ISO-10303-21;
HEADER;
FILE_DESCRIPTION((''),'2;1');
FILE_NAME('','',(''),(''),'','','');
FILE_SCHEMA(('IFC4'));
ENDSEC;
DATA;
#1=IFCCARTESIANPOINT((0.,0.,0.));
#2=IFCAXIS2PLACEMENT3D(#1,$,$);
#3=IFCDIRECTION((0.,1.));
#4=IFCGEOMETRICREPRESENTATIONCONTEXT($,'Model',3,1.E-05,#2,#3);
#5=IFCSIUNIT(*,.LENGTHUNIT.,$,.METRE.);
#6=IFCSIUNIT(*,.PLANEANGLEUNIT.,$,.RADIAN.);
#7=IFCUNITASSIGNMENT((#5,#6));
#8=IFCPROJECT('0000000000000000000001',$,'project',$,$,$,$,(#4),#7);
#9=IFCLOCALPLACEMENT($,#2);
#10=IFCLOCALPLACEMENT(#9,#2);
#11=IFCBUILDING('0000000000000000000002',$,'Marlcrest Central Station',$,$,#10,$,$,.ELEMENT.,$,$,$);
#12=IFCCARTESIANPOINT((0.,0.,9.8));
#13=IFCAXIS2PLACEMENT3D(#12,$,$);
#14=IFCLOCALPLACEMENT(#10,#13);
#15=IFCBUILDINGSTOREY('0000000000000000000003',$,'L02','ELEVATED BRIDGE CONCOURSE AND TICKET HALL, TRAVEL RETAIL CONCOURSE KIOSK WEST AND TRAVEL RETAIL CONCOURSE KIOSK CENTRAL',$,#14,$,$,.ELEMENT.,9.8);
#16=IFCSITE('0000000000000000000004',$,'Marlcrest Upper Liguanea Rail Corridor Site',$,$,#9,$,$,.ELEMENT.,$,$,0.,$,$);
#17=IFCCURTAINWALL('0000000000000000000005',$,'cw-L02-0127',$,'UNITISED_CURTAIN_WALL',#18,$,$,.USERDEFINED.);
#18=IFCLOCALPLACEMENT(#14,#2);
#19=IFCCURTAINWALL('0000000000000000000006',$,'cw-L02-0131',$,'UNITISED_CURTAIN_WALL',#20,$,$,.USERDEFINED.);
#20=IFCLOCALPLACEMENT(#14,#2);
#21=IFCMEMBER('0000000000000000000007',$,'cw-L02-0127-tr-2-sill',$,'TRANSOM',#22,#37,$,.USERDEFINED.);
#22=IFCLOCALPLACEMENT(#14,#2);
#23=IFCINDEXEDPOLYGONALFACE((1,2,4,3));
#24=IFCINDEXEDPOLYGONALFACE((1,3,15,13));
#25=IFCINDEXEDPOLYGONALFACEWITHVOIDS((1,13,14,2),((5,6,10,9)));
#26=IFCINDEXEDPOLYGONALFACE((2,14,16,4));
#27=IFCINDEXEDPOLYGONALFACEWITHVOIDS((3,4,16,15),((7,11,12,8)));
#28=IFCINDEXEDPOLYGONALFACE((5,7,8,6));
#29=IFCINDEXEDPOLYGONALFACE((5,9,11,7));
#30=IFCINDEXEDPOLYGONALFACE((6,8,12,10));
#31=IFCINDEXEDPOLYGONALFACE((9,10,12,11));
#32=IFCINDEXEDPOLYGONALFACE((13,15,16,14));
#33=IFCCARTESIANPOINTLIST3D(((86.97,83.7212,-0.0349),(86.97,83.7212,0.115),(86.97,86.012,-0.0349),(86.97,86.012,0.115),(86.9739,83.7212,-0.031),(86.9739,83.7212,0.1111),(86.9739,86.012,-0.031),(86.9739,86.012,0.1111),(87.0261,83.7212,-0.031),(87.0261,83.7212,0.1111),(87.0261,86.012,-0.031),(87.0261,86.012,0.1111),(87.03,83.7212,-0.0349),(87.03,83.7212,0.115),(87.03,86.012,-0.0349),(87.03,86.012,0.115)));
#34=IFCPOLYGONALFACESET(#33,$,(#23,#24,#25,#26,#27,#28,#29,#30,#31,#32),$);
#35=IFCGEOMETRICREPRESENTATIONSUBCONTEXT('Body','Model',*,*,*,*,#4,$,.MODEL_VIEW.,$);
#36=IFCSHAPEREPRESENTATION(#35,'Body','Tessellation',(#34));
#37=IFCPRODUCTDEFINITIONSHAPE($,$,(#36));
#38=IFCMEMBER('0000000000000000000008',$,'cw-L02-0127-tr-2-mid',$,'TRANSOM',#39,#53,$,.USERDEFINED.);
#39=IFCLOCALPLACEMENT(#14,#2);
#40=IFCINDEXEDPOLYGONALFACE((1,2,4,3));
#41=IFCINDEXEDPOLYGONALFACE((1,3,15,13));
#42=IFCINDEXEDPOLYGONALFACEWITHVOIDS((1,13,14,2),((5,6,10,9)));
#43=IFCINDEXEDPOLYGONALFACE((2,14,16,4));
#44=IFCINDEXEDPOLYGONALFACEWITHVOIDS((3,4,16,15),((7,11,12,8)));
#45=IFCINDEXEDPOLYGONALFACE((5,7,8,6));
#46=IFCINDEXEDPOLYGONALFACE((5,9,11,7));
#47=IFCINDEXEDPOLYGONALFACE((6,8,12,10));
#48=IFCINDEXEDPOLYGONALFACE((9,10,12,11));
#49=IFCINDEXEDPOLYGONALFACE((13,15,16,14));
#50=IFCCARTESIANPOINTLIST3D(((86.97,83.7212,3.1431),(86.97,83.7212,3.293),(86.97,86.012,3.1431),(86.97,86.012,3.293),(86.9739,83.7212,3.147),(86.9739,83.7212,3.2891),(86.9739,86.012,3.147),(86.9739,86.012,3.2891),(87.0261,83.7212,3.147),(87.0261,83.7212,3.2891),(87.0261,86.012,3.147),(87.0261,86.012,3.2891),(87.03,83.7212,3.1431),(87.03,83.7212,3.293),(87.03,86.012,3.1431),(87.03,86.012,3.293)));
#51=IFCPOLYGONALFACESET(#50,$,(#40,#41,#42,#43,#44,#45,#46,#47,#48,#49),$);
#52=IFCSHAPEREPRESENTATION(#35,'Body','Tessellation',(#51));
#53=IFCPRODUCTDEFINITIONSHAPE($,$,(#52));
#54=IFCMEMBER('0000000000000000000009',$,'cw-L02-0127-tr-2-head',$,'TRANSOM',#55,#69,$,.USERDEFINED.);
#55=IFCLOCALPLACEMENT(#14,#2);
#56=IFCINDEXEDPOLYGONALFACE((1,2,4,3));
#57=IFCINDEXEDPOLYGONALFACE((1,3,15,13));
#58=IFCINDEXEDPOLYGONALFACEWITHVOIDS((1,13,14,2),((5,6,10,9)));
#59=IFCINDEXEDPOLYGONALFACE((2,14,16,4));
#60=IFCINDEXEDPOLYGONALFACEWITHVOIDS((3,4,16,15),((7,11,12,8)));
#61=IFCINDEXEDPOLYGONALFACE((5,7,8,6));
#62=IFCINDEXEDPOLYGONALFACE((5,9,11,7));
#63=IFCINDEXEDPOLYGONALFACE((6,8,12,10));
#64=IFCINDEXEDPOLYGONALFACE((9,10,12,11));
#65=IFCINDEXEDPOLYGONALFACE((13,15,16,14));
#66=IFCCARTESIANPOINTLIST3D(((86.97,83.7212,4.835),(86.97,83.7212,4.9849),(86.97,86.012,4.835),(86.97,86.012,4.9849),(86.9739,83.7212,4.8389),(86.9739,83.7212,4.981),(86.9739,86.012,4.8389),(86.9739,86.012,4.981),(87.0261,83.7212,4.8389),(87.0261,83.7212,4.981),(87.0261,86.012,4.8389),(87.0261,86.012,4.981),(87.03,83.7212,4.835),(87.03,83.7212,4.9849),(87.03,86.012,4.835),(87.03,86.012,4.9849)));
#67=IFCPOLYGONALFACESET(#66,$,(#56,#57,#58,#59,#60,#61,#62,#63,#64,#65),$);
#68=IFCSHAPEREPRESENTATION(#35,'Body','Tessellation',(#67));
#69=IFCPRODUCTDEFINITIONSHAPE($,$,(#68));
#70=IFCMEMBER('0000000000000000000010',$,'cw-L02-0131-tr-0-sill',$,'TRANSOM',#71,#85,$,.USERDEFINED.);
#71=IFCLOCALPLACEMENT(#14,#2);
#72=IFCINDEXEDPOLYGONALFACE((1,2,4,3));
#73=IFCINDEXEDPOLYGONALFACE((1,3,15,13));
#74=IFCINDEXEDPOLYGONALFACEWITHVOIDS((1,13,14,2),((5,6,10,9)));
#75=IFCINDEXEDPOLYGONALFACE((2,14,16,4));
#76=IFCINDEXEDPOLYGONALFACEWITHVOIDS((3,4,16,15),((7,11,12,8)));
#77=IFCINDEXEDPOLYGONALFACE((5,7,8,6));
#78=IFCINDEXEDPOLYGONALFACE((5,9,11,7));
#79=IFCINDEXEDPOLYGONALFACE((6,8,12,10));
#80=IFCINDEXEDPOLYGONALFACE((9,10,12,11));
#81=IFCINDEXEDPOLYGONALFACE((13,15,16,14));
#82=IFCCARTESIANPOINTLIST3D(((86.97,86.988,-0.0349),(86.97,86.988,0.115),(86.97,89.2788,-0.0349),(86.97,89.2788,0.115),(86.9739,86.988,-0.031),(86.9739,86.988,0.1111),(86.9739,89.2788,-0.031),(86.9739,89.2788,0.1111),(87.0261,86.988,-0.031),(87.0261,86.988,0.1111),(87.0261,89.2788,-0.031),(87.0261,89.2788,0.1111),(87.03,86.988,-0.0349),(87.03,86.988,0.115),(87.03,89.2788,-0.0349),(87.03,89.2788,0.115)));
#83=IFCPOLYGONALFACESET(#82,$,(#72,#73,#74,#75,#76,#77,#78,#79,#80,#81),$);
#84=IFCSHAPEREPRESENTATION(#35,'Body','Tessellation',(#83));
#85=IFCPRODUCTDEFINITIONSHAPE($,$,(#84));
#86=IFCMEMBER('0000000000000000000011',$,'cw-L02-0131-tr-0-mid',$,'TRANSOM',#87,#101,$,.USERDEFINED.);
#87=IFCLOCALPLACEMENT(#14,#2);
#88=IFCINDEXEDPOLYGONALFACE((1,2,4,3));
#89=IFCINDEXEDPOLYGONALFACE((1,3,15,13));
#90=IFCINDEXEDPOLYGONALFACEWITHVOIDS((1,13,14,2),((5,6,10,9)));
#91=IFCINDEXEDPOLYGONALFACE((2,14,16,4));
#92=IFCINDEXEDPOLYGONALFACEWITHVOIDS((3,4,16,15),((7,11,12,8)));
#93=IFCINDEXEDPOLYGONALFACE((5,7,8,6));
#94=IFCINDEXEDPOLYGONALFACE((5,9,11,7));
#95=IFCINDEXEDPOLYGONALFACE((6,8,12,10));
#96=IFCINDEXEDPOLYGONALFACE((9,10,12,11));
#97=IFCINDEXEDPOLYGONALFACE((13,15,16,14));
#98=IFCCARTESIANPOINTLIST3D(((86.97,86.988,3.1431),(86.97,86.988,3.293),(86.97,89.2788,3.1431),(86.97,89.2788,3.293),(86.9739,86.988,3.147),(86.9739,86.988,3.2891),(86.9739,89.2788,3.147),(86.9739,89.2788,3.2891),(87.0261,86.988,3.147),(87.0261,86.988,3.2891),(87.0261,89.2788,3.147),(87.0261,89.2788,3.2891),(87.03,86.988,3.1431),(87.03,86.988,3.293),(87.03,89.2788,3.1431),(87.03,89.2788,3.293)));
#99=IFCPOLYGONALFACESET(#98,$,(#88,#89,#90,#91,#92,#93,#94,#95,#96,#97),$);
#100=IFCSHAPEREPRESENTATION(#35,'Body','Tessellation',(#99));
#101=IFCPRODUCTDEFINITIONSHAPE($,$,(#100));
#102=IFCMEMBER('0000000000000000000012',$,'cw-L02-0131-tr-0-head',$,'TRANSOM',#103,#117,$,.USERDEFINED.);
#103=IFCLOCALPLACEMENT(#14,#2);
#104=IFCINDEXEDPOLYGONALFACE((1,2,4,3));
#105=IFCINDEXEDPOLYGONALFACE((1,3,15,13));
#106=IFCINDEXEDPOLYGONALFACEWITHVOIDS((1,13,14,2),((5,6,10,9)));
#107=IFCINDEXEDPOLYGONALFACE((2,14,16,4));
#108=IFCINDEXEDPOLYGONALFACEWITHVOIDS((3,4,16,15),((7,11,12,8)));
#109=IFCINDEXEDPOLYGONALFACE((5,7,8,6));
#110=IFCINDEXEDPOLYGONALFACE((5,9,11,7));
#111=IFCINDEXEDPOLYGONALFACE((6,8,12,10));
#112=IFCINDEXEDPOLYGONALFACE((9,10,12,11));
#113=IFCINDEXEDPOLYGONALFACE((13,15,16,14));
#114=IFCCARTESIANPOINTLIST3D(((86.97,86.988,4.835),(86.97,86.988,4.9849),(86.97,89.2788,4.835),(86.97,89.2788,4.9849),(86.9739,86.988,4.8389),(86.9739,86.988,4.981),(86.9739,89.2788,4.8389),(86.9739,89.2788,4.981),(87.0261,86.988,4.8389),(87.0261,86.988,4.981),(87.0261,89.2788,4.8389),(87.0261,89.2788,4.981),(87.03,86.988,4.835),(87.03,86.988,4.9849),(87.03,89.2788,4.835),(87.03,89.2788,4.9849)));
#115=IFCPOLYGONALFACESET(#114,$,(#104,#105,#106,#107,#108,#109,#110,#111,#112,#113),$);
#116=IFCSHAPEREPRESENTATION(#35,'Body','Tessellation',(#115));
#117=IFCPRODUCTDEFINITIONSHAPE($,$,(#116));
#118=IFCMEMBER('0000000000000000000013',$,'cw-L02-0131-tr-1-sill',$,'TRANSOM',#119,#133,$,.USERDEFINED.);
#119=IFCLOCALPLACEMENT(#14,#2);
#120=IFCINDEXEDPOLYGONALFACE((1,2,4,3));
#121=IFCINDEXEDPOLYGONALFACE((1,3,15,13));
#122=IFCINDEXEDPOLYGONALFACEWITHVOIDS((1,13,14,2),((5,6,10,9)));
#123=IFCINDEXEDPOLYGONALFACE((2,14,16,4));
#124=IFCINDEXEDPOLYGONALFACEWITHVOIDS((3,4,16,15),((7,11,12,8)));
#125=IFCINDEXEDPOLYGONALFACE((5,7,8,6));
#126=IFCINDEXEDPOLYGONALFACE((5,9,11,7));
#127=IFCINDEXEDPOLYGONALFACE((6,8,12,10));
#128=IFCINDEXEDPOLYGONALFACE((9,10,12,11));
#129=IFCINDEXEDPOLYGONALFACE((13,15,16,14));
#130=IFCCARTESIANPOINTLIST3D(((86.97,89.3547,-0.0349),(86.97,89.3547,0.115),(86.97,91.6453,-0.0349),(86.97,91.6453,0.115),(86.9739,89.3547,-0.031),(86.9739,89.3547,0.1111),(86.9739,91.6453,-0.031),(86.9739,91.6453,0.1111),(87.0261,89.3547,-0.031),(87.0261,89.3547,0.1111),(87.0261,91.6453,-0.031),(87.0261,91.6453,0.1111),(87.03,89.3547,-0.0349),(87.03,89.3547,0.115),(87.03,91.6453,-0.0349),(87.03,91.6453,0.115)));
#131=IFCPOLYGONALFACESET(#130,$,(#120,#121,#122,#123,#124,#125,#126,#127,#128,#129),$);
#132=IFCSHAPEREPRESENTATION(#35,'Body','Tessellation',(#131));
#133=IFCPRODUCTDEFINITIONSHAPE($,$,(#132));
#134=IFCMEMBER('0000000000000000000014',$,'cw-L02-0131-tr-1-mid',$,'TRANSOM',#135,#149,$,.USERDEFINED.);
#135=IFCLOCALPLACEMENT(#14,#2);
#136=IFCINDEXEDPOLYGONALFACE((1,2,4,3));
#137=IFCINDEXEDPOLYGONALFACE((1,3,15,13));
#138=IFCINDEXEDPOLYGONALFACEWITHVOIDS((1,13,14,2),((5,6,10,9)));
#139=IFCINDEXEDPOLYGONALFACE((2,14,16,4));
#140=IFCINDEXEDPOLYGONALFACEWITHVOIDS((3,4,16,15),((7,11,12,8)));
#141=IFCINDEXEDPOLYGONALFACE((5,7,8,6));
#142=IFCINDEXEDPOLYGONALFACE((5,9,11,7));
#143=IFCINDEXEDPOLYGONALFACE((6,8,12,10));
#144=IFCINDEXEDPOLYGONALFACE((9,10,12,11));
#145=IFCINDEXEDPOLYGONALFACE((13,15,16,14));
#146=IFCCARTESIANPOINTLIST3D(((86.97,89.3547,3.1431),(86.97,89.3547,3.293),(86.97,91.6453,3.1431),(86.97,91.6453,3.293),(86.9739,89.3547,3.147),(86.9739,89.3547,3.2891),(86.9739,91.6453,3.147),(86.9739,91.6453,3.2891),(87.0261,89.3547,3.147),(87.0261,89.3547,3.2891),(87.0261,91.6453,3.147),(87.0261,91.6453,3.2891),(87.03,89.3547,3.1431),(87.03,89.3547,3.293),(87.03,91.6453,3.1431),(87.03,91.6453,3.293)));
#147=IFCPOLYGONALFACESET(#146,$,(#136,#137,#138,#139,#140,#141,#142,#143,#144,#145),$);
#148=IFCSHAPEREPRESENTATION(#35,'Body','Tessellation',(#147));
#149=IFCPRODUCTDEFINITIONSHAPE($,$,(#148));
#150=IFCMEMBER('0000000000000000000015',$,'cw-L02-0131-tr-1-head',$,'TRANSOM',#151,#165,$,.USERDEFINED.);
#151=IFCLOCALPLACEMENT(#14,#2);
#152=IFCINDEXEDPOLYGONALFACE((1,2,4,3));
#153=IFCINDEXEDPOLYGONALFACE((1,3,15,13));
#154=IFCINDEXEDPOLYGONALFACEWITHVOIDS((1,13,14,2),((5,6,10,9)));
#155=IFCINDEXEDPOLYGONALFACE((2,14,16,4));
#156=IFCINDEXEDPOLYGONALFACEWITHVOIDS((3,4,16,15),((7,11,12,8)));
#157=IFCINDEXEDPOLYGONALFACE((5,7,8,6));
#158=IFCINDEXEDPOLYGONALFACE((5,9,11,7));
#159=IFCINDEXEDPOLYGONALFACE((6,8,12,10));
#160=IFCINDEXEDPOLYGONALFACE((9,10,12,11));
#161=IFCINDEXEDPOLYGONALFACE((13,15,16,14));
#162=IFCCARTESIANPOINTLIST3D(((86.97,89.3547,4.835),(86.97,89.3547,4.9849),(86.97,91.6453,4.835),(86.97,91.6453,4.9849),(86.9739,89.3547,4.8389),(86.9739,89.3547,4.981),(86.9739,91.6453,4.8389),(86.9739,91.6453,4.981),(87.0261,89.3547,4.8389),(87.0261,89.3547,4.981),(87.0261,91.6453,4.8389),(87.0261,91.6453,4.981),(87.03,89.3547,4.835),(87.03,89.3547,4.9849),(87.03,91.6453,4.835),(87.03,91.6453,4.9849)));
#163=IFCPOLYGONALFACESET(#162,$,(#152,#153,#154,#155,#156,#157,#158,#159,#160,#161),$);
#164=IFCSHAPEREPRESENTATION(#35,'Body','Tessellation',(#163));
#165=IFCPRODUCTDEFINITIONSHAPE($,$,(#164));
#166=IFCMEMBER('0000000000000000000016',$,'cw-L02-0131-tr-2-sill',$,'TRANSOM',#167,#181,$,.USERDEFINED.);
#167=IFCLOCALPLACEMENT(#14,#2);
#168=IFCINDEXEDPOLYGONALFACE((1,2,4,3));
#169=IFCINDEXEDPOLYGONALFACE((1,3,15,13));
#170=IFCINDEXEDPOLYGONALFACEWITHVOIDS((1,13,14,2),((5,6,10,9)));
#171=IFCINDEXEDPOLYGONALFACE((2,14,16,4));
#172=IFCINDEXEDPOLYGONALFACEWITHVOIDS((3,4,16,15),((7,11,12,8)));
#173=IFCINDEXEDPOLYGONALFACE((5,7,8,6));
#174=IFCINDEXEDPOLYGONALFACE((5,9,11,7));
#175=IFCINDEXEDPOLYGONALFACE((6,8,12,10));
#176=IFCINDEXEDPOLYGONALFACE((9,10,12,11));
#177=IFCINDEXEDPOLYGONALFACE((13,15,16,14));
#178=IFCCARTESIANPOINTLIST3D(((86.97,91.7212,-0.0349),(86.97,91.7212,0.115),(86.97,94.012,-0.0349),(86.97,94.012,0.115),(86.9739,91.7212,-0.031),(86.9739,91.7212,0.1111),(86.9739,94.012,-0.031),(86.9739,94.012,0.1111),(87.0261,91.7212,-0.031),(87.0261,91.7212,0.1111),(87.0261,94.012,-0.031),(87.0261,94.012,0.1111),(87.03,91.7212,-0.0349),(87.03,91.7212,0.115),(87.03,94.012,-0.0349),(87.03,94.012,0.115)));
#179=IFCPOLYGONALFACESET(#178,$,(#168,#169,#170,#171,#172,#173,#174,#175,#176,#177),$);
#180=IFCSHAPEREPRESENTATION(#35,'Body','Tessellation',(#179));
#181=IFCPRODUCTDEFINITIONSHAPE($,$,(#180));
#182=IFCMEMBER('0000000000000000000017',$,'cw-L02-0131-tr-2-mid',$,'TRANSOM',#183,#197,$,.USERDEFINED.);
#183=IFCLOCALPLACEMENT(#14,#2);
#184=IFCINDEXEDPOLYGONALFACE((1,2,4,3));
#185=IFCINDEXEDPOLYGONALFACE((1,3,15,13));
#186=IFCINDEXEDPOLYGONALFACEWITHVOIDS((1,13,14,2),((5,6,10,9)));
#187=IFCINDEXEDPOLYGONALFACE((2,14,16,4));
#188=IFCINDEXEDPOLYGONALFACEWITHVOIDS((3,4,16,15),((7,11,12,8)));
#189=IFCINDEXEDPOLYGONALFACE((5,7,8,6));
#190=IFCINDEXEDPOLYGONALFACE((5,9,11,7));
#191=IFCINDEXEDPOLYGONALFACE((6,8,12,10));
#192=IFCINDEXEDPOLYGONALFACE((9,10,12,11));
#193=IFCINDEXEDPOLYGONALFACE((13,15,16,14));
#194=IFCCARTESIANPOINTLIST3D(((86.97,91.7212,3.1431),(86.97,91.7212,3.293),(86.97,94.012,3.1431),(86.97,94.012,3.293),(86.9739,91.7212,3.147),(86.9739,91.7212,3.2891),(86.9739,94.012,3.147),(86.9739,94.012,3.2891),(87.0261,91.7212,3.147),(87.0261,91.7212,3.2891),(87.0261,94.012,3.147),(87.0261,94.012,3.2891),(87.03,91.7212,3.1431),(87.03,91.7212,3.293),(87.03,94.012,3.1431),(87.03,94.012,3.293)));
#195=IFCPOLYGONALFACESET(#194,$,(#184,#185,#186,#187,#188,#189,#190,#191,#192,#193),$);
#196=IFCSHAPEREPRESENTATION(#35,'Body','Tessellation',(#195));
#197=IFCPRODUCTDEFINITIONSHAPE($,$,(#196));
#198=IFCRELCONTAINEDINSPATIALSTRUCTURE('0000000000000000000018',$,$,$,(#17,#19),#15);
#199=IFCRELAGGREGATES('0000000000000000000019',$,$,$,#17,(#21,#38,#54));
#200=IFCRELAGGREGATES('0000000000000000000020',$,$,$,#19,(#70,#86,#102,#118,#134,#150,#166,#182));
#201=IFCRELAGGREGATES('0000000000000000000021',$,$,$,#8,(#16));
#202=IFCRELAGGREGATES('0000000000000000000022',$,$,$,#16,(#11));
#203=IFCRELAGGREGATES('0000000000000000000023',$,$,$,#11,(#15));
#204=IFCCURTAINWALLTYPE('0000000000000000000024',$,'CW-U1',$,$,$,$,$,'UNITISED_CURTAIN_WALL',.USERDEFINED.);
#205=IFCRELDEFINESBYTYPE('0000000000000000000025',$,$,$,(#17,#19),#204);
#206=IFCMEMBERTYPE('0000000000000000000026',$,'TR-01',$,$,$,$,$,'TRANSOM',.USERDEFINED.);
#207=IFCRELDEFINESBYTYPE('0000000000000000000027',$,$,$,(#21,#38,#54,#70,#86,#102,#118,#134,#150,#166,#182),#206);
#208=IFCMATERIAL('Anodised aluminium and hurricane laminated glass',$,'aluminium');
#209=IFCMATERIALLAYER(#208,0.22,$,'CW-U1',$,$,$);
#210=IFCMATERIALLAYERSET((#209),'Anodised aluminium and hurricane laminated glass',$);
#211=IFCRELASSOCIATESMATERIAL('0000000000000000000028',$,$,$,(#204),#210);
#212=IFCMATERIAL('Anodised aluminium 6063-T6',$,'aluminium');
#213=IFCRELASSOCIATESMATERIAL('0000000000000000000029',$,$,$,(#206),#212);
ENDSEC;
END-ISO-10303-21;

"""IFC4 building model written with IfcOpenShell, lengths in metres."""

from ifc_helpers import new_model, si_unit, direction, frame, origin, origin_2d, place, context, subcontext, project, spatial, hollow_rectangle, extrude, material, layer, layer_set, material_profile, profile_set, type_object, element, aggregate, save


model = new_model("IFC4")

# Units and contexts
model_context = context("Model", 3, precision=1e-05, world=origin(), true_north=direction((0.0, 1.0)))
body_context = subcontext(model_context, "Body", "Model", "MODEL_VIEW")
ifc_project = project(units=[si_unit("LENGTHUNIT", "METRE"), si_unit("PLANEANGLEUNIT", "RADIAN")], contexts=[model_context])

# Site, building, storey
site_placement = place(None, origin())
site = spatial("IfcSite", under=ifc_project, at=site_placement, Name="Marlcrest Upper Liguanea Rail Corridor Site", CompositionType="ELEMENT", RefElevation=0.0)
building_placement = place(site_placement, origin())
building = spatial("IfcBuilding", under=site, at=building_placement, Name="Marlcrest Central Station", CompositionType="ELEMENT")
storey_placement = place(building_placement, frame((0.0, 0.0, 9.8)))
storey = spatial("IfcBuildingStorey", under=building, at=storey_placement, Name="L02", Description="ELEVATED BRIDGE CONCOURSE AND TICKET HALL, TRAVEL RETAIL CONCOURSE KIOSK WEST AND TRAVEL RETAIL CONCOURSE KIOSK CENTRAL", CompositionType="ELEMENT", Elevation=9.8)

# Curtain walls
ifc_material_1 = material(Name="Anodised aluminium and hurricane laminated glass", Category="aluminium")
ifc_layer_1 = layer(ifc_material_1, 0.22, Name="CW-U1")
ifc_layer_set_1 = layer_set([ifc_layer_1], Name="Anodised aluminium and hurricane laminated glass")
curtain_wall_type = type_object("IfcCurtainWallType", Name="CW-U1", ElementType="UNITISED_CURTAIN_WALL", PredefinedType="USERDEFINED", material=ifc_layer_set_1)
curtain_wall_1_placement = place(storey_placement, origin())
curtain_wall_1 = element("IfcCurtainWall", 1, at=curtain_wall_1_placement, inside=storey, type_object=curtain_wall_type, Name="cw-L02-0127", ObjectType="UNITISED_CURTAIN_WALL", PredefinedType="USERDEFINED")
ifc_material_2 = material(Name="Anodised aluminium 6063-T6", Category="aluminium")
curtain_wall_2_placement = place(storey_placement, origin())
curtain_wall_2 = element("IfcCurtainWall", 2, at=curtain_wall_2_placement, inside=storey, type_object=curtain_wall_type, Name="cw-L02-0131", ObjectType="UNITISED_CURTAIN_WALL", PredefinedType="USERDEFINED")

# Members
ifc_material_profile_1 = material_profile(ifc_material_2, hollow_rectangle(XDim=0.0601, YDim=0.1499, WallThickness=0.0039, at=origin_2d()), Name="AA-RHS 150x60x4")
ifc_profile_set_1 = profile_set([ifc_material_profile_1], Name="Anodised aluminium 6063-T6")
member_type_1 = type_object("IfcMemberType", Name="TR-01", ElementType="TRANSOM", PredefinedType="USERDEFINED", material=ifc_profile_set_1)
member_1_placement = place(storey_placement, frame((87.0, 83.7212, 0.04), z_axis=(0.0, 1.0, 0.0), x_axis=(-1.0, 0.0, 0.0)))
member_1 = element("IfcMember", 3, at=member_1_placement, type_object=member_type_1, Name="cw-L02-0127-tr-2-sill", ObjectType="TRANSOM", PredefinedType="USERDEFINED", context=body_context, shape_type="SweptSolid", body=[
    extrude(hollow_rectangle(XDim=0.0601, YDim=0.1499, WallThickness=0.0039, at=origin_2d()), origin(), (0.0, 0.0, 1.0), 2.2908),
])
member_2_placement = place(storey_placement, frame((87.0, 83.7212, 3.218), z_axis=(0.0, 1.0, 0.0), x_axis=(-1.0, 0.0, 0.0)))
member_2 = element("IfcMember", 4, at=member_2_placement, type_object=member_type_1, Name="cw-L02-0127-tr-2-mid", ObjectType="TRANSOM", PredefinedType="USERDEFINED", context=body_context, shape_type="SweptSolid", body=[
    extrude(hollow_rectangle(XDim=0.0601, YDim=0.1499, WallThickness=0.0039, at=origin_2d()), origin(), (0.0, 0.0, 1.0), 2.2908),
])
member_3_placement = place(storey_placement, frame((87.0, 83.7212, 4.9099), z_axis=(0.0, 1.0, 0.0), x_axis=(-1.0, 0.0, 0.0)))
member_3 = element("IfcMember", 5, at=member_3_placement, type_object=member_type_1, Name="cw-L02-0127-tr-2-head", ObjectType="TRANSOM", PredefinedType="USERDEFINED", context=body_context, shape_type="SweptSolid", body=[
    extrude(hollow_rectangle(XDim=0.0601, YDim=0.1499, WallThickness=0.0039, at=origin_2d()), origin(), (0.0, 0.0, 1.0), 2.2908),
])
member_4_placement = place(storey_placement, frame((87.0, 86.988, 0.04), z_axis=(0.0, 1.0, 0.0), x_axis=(-1.0, 0.0, 0.0)))
member_4 = element("IfcMember", 6, at=member_4_placement, type_object=member_type_1, Name="cw-L02-0131-tr-0-sill", ObjectType="TRANSOM", PredefinedType="USERDEFINED", context=body_context, shape_type="SweptSolid", body=[
    extrude(hollow_rectangle(XDim=0.0601, YDim=0.1499, WallThickness=0.0039, at=origin_2d()), origin(), (0.0, 0.0, 1.0), 2.2908),
])
member_5_placement = place(storey_placement, frame((87.0, 86.988, 3.218), z_axis=(0.0, 1.0, 0.0), x_axis=(-1.0, 0.0, 0.0)))
member_5 = element("IfcMember", 7, at=member_5_placement, type_object=member_type_1, Name="cw-L02-0131-tr-0-mid", ObjectType="TRANSOM", PredefinedType="USERDEFINED", context=body_context, shape_type="SweptSolid", body=[
    extrude(hollow_rectangle(XDim=0.0601, YDim=0.1499, WallThickness=0.0039, at=origin_2d()), origin(), (0.0, 0.0, 1.0), 2.2908),
])
member_6_placement = place(storey_placement, frame((87.0, 86.988, 4.9099), z_axis=(0.0, 1.0, 0.0), x_axis=(-1.0, 0.0, 0.0)))
member_6 = element("IfcMember", 8, at=member_6_placement, type_object=member_type_1, Name="cw-L02-0131-tr-0-head", ObjectType="TRANSOM", PredefinedType="USERDEFINED", context=body_context, shape_type="SweptSolid", body=[
    extrude(hollow_rectangle(XDim=0.0601, YDim=0.1499, WallThickness=0.0039, at=origin_2d()), origin(), (0.0, 0.0, 1.0), 2.2908),
])
member_7_placement = place(storey_placement, frame((87.0, 89.3547, 0.04), z_axis=(0.0, 1.0, 0.0), x_axis=(-1.0, 0.0, 0.0)))
member_7 = element("IfcMember", 9, at=member_7_placement, type_object=member_type_1, Name="cw-L02-0131-tr-1-sill", ObjectType="TRANSOM", PredefinedType="USERDEFINED", context=body_context, shape_type="SweptSolid", body=[
    extrude(hollow_rectangle(XDim=0.0601, YDim=0.1499, WallThickness=0.0039, at=origin_2d()), origin(), (0.0, 0.0, 1.0), 2.2905),
])
member_8_placement = place(storey_placement, frame((87.0, 89.3547, 3.218), z_axis=(0.0, 1.0, 0.0), x_axis=(-1.0, 0.0, 0.0)))
member_8 = element("IfcMember", 10, at=member_8_placement, type_object=member_type_1, Name="cw-L02-0131-tr-1-mid", ObjectType="TRANSOM", PredefinedType="USERDEFINED", context=body_context, shape_type="SweptSolid", body=[
    extrude(hollow_rectangle(XDim=0.0601, YDim=0.1499, WallThickness=0.0039, at=origin_2d()), origin(), (0.0, 0.0, 1.0), 2.2905),
])
member_9_placement = place(storey_placement, frame((87.0, 89.3547, 4.9099), z_axis=(0.0, 1.0, 0.0), x_axis=(-1.0, 0.0, 0.0)))
member_9 = element("IfcMember", 11, at=member_9_placement, type_object=member_type_1, Name="cw-L02-0131-tr-1-head", ObjectType="TRANSOM", PredefinedType="USERDEFINED", context=body_context, shape_type="SweptSolid", body=[
    extrude(hollow_rectangle(XDim=0.0601, YDim=0.1499, WallThickness=0.0039, at=origin_2d()), origin(), (0.0, 0.0, 1.0), 2.2905),
])
member_10_placement = place(storey_placement, frame((87.0, 91.7212, 0.04), z_axis=(0.0, 1.0, 0.0), x_axis=(-1.0, 0.0, 0.0)))
member_10 = element("IfcMember", 12, at=member_10_placement, type_object=member_type_1, Name="cw-L02-0131-tr-2-sill", ObjectType="TRANSOM", PredefinedType="USERDEFINED", context=body_context, shape_type="SweptSolid", body=[
    extrude(hollow_rectangle(XDim=0.0601, YDim=0.1499, WallThickness=0.0039, at=origin_2d()), origin(), (0.0, 0.0, 1.0), 2.2908),
])
member_11_placement = place(storey_placement, frame((87.0, 91.7212, 3.218), z_axis=(0.0, 1.0, 0.0), x_axis=(-1.0, 0.0, 0.0)))
member_11 = element("IfcMember", 13, at=member_11_placement, type_object=member_type_1, Name="cw-L02-0131-tr-2-mid", ObjectType="TRANSOM", PredefinedType="USERDEFINED", context=body_context, shape_type="SweptSolid", body=[
    extrude(hollow_rectangle(XDim=0.0601, YDim=0.1499, WallThickness=0.0039, at=origin_2d()), origin(), (0.0, 0.0, 1.0), 2.2908),
])

aggregate(curtain_wall_1, [member_1, member_2, member_3])
aggregate(curtain_wall_2, [member_4, member_5, member_6, member_7, member_8, member_9, member_10, member_11])

save(model, "model.ifc")
